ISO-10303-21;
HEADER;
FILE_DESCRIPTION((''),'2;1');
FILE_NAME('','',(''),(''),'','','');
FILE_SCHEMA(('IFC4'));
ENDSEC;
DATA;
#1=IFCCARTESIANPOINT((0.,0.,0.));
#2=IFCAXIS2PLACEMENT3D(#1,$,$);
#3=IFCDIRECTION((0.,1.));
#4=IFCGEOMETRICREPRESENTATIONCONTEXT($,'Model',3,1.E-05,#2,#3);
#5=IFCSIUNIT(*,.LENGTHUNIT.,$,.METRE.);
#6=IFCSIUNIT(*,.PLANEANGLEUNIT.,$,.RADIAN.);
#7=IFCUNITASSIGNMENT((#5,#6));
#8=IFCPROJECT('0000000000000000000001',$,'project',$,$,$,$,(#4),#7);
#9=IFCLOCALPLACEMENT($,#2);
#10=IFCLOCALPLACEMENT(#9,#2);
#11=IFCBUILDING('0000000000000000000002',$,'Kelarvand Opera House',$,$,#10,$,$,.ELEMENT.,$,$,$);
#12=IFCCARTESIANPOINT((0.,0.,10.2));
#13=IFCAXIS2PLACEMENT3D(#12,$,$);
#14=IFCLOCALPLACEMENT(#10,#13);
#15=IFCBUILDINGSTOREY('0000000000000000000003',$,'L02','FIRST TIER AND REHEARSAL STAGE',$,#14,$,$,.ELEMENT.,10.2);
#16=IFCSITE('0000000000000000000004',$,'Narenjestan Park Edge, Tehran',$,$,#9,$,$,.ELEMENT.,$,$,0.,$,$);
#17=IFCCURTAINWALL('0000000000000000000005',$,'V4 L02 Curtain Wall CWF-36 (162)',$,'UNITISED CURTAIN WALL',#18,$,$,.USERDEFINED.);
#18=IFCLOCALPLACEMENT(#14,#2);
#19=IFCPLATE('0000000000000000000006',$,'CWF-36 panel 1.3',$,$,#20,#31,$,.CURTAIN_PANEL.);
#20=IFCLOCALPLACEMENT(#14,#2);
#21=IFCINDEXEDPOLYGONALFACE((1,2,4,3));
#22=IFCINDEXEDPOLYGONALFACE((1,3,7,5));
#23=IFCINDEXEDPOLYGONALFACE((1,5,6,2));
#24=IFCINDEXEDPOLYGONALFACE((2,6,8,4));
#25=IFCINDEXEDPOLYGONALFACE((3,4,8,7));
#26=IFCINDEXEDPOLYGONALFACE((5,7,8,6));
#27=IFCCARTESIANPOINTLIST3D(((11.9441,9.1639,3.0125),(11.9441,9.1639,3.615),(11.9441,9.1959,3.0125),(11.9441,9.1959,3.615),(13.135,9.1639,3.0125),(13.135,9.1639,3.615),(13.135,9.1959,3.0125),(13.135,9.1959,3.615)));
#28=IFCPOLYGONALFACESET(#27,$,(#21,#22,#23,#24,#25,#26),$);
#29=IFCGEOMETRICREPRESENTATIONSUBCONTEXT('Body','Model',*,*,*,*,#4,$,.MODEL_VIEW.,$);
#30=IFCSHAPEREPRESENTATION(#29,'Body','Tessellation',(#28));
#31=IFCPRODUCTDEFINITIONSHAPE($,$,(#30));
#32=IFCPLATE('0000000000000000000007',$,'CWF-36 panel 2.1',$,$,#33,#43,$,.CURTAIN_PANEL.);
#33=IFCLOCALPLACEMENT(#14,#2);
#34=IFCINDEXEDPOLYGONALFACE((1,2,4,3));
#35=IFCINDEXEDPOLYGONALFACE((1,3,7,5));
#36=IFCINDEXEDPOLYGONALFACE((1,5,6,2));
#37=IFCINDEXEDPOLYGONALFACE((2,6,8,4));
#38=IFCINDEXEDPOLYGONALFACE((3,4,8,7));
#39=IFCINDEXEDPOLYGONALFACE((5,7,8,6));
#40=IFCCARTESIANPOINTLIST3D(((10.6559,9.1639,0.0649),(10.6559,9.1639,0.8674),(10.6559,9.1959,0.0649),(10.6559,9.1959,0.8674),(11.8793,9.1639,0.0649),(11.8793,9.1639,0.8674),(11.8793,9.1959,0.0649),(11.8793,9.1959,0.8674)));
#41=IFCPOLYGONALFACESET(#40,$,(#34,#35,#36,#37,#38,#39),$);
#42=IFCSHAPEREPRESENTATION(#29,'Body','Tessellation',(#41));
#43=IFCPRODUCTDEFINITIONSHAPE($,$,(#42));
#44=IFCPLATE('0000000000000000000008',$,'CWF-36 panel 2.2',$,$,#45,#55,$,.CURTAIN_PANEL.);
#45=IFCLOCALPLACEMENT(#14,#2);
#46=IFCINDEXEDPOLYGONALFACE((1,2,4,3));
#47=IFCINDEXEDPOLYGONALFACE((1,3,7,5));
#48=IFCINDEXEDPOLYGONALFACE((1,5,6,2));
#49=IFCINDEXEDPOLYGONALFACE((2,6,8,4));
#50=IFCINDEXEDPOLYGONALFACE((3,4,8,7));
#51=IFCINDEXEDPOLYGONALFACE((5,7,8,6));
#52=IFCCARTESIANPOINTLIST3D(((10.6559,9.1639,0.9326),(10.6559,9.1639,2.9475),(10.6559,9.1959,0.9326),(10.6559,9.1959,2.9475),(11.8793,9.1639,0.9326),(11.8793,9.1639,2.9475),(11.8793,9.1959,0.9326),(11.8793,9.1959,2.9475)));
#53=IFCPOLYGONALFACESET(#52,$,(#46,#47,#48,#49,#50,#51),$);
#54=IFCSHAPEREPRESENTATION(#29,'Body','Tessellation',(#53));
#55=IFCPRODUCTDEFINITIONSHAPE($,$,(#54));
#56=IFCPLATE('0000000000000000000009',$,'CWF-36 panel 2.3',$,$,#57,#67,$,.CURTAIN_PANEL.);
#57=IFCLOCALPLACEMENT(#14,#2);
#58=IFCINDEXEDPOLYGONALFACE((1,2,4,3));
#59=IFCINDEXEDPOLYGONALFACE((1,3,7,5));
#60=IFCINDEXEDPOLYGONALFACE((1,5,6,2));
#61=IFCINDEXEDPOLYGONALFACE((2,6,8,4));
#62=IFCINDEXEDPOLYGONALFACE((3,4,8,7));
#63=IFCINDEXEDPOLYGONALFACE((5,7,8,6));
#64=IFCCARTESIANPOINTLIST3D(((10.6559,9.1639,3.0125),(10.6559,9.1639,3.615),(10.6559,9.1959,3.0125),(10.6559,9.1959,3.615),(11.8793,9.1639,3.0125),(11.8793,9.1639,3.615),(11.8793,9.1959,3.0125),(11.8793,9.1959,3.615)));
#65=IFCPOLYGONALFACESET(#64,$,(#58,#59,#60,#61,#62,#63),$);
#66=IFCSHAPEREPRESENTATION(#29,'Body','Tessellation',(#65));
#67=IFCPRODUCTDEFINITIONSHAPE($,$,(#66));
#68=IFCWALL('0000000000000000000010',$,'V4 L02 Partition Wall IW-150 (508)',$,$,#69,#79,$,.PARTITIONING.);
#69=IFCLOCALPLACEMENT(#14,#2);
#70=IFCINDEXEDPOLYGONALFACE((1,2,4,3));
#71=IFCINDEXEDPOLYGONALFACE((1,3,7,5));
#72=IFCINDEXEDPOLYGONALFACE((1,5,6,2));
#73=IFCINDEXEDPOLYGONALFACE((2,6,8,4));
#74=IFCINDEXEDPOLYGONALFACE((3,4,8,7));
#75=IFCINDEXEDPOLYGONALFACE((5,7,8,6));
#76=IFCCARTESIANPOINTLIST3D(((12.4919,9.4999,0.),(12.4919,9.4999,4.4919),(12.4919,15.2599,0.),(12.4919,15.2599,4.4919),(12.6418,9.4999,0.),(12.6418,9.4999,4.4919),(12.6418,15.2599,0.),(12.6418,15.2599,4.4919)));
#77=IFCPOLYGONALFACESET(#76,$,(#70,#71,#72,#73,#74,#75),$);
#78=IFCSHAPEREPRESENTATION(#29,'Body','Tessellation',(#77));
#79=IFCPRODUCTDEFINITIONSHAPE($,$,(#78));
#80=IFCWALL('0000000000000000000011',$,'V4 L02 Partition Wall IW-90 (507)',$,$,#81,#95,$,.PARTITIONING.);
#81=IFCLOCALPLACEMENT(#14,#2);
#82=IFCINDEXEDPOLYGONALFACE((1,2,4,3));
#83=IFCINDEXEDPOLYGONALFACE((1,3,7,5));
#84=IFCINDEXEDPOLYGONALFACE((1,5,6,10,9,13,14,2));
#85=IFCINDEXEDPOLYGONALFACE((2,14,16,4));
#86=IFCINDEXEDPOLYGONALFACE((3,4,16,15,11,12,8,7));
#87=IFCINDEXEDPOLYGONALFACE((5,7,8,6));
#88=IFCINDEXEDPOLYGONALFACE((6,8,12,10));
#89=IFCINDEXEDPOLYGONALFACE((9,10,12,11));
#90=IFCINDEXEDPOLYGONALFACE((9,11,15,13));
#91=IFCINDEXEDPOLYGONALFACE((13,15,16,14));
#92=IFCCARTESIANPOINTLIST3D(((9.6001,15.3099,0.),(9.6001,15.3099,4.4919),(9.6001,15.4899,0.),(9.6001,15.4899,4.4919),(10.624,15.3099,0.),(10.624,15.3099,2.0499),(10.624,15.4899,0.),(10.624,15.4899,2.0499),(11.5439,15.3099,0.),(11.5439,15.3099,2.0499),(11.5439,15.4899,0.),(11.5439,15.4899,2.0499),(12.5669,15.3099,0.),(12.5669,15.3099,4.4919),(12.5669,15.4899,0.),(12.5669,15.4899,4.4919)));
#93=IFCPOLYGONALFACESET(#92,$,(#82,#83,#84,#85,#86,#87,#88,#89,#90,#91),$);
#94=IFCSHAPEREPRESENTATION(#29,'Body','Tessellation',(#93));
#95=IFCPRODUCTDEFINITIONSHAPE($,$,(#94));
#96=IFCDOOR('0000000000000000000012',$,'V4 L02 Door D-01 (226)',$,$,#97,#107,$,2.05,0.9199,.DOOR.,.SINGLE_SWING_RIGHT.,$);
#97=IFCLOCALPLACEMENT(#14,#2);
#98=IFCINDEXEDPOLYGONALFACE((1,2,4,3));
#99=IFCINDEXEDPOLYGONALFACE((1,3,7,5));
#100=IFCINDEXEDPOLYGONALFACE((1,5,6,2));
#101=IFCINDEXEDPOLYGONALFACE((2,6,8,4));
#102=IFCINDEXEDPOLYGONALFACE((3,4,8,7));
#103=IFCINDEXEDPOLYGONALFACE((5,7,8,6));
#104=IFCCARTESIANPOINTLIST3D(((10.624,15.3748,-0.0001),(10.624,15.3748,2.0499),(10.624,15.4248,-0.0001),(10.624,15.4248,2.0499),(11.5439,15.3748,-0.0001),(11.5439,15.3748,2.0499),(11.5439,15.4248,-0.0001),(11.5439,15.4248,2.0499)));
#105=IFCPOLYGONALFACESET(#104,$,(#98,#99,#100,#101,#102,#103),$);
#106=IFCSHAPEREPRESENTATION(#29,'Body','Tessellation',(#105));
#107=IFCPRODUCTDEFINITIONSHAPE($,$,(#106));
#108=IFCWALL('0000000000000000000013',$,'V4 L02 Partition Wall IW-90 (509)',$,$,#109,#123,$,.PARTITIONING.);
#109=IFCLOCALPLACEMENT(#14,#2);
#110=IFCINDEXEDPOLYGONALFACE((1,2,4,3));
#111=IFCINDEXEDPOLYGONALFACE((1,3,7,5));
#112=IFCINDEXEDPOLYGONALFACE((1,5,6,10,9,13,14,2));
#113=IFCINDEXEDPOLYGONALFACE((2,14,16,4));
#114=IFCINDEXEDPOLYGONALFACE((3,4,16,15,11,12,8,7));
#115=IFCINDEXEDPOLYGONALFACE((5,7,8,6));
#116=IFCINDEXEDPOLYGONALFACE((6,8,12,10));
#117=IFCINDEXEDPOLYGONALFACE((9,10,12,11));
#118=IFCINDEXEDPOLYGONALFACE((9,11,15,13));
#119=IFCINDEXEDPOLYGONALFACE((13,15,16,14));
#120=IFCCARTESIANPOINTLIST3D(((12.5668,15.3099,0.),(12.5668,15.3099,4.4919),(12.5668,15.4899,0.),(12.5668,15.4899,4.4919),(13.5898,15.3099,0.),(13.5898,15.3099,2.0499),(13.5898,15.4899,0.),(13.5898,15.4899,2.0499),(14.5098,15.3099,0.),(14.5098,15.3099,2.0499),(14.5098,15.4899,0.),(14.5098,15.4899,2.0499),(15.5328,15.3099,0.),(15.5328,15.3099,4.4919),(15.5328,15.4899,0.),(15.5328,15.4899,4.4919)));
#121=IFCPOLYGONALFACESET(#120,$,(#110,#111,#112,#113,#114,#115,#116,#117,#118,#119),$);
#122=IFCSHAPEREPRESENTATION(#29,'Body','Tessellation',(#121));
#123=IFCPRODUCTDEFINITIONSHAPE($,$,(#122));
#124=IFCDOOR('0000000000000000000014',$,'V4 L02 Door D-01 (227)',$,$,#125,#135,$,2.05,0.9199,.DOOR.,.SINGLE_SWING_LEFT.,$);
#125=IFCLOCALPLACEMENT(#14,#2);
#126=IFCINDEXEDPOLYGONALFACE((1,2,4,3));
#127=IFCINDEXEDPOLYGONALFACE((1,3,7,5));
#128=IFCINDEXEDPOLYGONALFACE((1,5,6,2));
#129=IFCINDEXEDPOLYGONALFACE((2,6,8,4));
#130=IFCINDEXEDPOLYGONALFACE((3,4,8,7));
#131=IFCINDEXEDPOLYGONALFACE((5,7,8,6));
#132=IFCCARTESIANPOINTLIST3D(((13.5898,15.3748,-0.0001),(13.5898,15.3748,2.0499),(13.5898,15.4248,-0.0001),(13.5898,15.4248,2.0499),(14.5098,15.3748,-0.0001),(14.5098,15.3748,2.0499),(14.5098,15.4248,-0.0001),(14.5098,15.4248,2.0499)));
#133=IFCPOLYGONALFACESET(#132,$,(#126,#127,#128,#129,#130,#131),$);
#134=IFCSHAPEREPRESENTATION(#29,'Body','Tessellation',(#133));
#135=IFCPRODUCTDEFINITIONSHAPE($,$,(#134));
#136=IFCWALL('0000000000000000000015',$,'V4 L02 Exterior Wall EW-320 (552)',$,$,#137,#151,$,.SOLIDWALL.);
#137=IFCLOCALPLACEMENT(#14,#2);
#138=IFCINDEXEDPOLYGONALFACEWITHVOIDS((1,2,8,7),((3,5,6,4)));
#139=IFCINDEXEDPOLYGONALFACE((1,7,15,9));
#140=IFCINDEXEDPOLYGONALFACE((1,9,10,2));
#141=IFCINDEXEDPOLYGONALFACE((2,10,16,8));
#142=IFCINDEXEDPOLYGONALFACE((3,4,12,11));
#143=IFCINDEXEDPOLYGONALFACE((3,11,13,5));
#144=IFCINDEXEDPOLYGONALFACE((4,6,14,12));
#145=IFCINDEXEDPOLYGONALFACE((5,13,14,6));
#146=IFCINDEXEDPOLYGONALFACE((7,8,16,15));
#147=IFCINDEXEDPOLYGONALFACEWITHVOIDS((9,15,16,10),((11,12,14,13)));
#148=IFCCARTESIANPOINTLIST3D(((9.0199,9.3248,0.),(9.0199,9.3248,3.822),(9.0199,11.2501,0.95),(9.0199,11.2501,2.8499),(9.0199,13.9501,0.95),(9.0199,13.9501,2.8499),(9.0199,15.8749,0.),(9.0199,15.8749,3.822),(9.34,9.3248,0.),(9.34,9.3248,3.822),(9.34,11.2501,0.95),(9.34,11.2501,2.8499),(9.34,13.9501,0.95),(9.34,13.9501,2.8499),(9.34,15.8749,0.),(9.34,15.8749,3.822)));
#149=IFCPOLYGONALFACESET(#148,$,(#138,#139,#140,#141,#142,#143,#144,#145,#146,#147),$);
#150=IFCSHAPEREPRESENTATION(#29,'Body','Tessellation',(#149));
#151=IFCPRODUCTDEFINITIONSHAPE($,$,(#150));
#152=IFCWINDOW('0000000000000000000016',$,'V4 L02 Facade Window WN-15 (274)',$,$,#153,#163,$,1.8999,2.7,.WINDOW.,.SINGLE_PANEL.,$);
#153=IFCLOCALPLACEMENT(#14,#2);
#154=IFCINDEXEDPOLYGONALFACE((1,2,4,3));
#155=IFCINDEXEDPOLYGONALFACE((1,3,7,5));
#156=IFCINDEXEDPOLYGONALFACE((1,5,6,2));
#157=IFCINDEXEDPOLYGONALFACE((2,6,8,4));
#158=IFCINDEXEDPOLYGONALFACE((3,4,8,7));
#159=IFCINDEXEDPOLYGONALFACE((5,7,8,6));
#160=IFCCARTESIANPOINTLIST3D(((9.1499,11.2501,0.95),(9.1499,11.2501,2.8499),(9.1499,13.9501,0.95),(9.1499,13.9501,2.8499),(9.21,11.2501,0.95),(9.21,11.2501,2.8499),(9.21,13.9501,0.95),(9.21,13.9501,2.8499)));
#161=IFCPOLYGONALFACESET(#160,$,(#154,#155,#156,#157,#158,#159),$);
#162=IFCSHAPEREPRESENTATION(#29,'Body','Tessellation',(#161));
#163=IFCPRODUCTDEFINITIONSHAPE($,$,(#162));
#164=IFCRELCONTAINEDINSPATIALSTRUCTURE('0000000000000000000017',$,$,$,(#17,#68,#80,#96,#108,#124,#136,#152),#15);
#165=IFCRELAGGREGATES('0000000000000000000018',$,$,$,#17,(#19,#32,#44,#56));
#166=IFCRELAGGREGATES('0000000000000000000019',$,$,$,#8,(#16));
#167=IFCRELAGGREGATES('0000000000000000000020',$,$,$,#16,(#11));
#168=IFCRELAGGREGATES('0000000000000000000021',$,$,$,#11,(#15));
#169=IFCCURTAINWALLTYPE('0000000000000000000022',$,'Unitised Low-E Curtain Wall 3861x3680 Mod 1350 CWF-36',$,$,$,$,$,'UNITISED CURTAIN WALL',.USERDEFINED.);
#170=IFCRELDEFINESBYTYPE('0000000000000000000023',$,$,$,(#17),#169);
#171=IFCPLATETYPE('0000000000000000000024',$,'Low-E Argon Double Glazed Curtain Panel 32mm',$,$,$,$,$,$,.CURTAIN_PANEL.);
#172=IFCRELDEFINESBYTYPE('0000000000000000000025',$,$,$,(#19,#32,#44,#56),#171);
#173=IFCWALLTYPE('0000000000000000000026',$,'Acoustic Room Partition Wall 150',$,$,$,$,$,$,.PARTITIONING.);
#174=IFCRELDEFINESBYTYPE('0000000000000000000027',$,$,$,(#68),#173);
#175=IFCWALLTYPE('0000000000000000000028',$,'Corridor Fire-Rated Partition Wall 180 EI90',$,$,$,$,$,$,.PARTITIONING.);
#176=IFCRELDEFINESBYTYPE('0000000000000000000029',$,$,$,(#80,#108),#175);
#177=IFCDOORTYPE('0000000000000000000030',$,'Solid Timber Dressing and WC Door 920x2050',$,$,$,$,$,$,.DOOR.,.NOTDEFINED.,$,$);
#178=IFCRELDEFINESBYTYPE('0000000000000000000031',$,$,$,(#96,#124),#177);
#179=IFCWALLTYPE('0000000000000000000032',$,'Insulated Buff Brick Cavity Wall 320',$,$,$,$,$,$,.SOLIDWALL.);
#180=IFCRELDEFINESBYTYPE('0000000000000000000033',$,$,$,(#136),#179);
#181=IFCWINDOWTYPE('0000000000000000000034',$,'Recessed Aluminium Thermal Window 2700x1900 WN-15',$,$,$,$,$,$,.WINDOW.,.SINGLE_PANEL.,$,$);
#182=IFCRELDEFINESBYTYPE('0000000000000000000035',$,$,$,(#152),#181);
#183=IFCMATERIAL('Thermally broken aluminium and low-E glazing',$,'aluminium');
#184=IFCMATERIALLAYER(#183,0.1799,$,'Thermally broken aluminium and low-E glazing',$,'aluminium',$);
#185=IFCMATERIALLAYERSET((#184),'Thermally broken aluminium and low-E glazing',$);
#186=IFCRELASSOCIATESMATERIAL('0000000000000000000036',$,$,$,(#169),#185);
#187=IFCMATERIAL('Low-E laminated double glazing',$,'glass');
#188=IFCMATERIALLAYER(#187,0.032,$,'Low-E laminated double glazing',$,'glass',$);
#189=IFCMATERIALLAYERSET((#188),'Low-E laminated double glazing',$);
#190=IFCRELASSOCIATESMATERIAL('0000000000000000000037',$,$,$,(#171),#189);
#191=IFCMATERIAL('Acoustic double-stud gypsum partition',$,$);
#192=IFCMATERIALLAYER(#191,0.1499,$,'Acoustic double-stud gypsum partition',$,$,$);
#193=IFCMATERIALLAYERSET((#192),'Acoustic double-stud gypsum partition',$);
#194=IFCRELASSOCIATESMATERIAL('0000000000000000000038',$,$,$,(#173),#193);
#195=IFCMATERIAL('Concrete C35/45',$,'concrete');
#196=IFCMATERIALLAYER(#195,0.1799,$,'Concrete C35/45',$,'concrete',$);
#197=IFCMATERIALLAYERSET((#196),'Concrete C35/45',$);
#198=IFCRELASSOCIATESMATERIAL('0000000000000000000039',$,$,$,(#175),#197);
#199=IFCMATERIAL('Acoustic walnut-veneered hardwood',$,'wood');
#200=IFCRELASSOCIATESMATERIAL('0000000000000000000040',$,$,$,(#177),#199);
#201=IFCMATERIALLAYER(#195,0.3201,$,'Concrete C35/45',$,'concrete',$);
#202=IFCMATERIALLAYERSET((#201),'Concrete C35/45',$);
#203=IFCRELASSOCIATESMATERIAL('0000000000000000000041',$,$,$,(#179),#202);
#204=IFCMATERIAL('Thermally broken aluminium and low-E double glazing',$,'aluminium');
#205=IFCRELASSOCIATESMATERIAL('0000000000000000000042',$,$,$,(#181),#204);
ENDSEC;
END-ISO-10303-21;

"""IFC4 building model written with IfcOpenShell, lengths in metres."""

from ifc_helpers import new_model, si_unit, direction, frame, frame_2d, origin, origin_2d, place, context, subcontext, project, spatial, rectangle, extrude, material, layer, layer_set, type_object, element, fill, aggregate, save


model = new_model("IFC4")

# Units and contexts
model_context = context("Model", 3, precision=1e-05, world=origin(), true_north=direction((0.0, 1.0)))
body_context = subcontext(model_context, "Body", "Model", "MODEL_VIEW")
ifc_project = project(units=[si_unit("LENGTHUNIT", "METRE"), si_unit("PLANEANGLEUNIT", "RADIAN")], contexts=[model_context])

# Site, building, storey
site_placement = place(None, origin())
site = spatial("IfcSite", under=ifc_project, at=site_placement, Name="Narenjestan Park Edge, Tehran", CompositionType="ELEMENT", RefElevation=0.0)
building_placement = place(site_placement, origin())
building = spatial("IfcBuilding", under=site, at=building_placement, Name="Kelarvand Opera House", CompositionType="ELEMENT")
storey_placement = place(building_placement, frame((0.0, 0.0, 10.2)))
storey = spatial("IfcBuildingStorey", under=building, at=storey_placement, Name="L02", Description="FIRST TIER AND REHEARSAL STAGE", CompositionType="ELEMENT", Elevation=10.2)

# Curtain wall
ifc_material_1 = material(Name="Thermally broken aluminium and low-E glazing", Category="aluminium")
ifc_layer_1 = layer(ifc_material_1, 0.1799, Name="Thermally broken aluminium and low-E glazing", Category="aluminium")
ifc_layer_set_1 = layer_set([ifc_layer_1], Name="Thermally broken aluminium and low-E glazing")
curtain_wall_type = type_object("IfcCurtainWallType", Name="Unitised Low-E Curtain Wall 3861x3680 Mod 1350 CWF-36", ElementType="UNITISED CURTAIN WALL", PredefinedType="USERDEFINED", material=ifc_layer_set_1)
curtain_wall_placement = place(storey_placement, origin())
curtain_wall = element("IfcCurtainWall", 1, at=curtain_wall_placement, inside=storey, type_object=curtain_wall_type, Name="V4 L02 Curtain Wall CWF-36 (162)", ObjectType="UNITISED CURTAIN WALL", PredefinedType="USERDEFINED")

# Plates
ifc_material_2 = material(Name="Low-E laminated double glazing", Category="glass")
ifc_layer_2 = layer(ifc_material_2, 0.032, Name="Low-E laminated double glazing", Category="glass")
ifc_layer_set_2 = layer_set([ifc_layer_2], Name="Low-E laminated double glazing")
plate_type = type_object("IfcPlateType", Name="Low-E Argon Double Glazed Curtain Panel 32mm", PredefinedType="CURTAIN_PANEL", material=ifc_layer_set_2)
plate_1_placement = place(storey_placement, frame((12.5396, 9.1799, 3.0125), z_axis=(0.0, 0.0, 1.0), x_axis=(-1.0, 0.0, 0.0)))
plate_1 = element("IfcPlate", 2, at=plate_1_placement, type_object=plate_type, Name="CWF-36 panel 1.3", PredefinedType="CURTAIN_PANEL", context=body_context, shape_type="SweptSolid", body=[
    extrude(rectangle(XDim=1.1909, YDim=0.032, at=origin_2d()), origin(), (0.0, 0.0, 1.0), 0.6025),
])
plate_2_placement = place(storey_placement, frame((11.2676, 9.1799, 0.0649), z_axis=(0.0, 0.0, 1.0), x_axis=(-1.0, 0.0, 0.0)))
plate_2 = element("IfcPlate", 3, at=plate_2_placement, type_object=plate_type, Name="CWF-36 panel 2.1", PredefinedType="CURTAIN_PANEL", context=body_context, shape_type="SweptSolid", body=[
    extrude(rectangle(XDim=1.2234, YDim=0.032, at=origin_2d()), origin(), (0.0, 0.0, 1.0), 0.8025),
])
plate_3_placement = place(storey_placement, frame((11.2676, 9.1799, 0.9326), z_axis=(0.0, 0.0, 1.0), x_axis=(-1.0, 0.0, 0.0)))
plate_3 = element("IfcPlate", 4, at=plate_3_placement, type_object=plate_type, Name="CWF-36 panel 2.2", PredefinedType="CURTAIN_PANEL", context=body_context, shape_type="SweptSolid", body=[
    extrude(rectangle(XDim=1.2234, YDim=0.032, at=origin_2d()), origin(), (0.0, 0.0, 1.0), 2.0149),
])
plate_4_placement = place(storey_placement, frame((11.2676, 9.1799, 3.0125), z_axis=(0.0, 0.0, 1.0), x_axis=(-1.0, 0.0, 0.0)))
plate_4 = element("IfcPlate", 5, at=plate_4_placement, type_object=plate_type, Name="CWF-36 panel 2.3", PredefinedType="CURTAIN_PANEL", context=body_context, shape_type="SweptSolid", body=[
    extrude(rectangle(XDim=1.2234, YDim=0.032, at=origin_2d()), origin(), (0.0, 0.0, 1.0), 0.6025),
])
aggregate(curtain_wall, [plate_1, plate_2, plate_3, plate_4])

# Wall
ifc_material_3 = material(Name="Acoustic double-stud gypsum partition")
ifc_layer_3 = layer(ifc_material_3, 0.1499, Name="Acoustic double-stud gypsum partition")
ifc_layer_set_3 = layer_set([ifc_layer_3], Name="Acoustic double-stud gypsum partition")
wall_type_1 = type_object("IfcWallType", Name="Acoustic Room Partition Wall 150", PredefinedType="PARTITIONING", material=ifc_layer_set_3)
wall_1_placement = place(storey_placement, frame((12.5669, 9.5, 0.0), z_axis=(0.0, 0.0, 1.0), x_axis=(0.0, 1.0, 0.0)))
element("IfcWall", 6, at=wall_1_placement, inside=storey, type_object=wall_type_1, Name="V4 L02 Partition Wall IW-150 (508)", PredefinedType="PARTITIONING", context=body_context, shape_type="SweptSolid", body=[
    extrude(rectangle(XDim=5.76, YDim=0.1499, at=frame_2d((2.8799, 0.0))), origin(), (0.0, 0.0, 1.0), 4.4919),
])

# Walls, openings, doors
ifc_material_4 = material(Name="Concrete C35/45", Category="concrete")
ifc_layer_4 = layer(ifc_material_4, 0.1799, Name="Concrete C35/45", Category="concrete")
ifc_layer_set_4 = layer_set([ifc_layer_4], Name="Concrete C35/45")
wall_type_2 = type_object("IfcWallType", Name="Corridor Fire-Rated Partition Wall 180 EI90", PredefinedType="PARTITIONING", material=ifc_layer_set_4)
wall_2_placement = place(storey_placement, frame((9.6001, 15.3999, 0.0), z_axis=(0.0, 0.0, 1.0), x_axis=(1.0, 0.0, 0.0)))
wall_2 = element("IfcWall", 7, at=wall_2_placement, inside=storey, type_object=wall_type_2, Name="V4 L02 Partition Wall IW-90 (507)", PredefinedType="PARTITIONING", context=body_context, shape_type="SweptSolid", body=[
    extrude(rectangle(XDim=2.9668, YDim=0.1799, at=frame_2d((1.4834, 0.0))), origin(), (0.0, 0.0, 1.0), 4.4919),
])
opening_1_placement = place(wall_2_placement, frame((1.0239, 0.0, 0.0)))
opening_1 = element("IfcOpeningElement", 8, at=opening_1_placement, cuts=wall_2, PredefinedType="OPENING", context=body_context, shape_type="SweptSolid", body=[
    extrude(rectangle(XDim=0.9199, YDim=2.05, at=frame_2d((0.46, 1.0249))), frame((0.0, 0.1001, 0.0), z_axis=(0.0, -1.0, 0.0), x_axis=(1.0, 0.0, 0.0)), (0.0, 0.0, 1.0), 0.2),
])
ifc_material_5 = material(Name="Acoustic walnut-veneered hardwood", Category="wood")
door_type = type_object("IfcDoorType", Name="Solid Timber Dressing and WC Door 920x2050", OperationType="NOTDEFINED", PredefinedType="DOOR", material=ifc_material_5)
door_1_placement = place(opening_1_placement, origin())
door_1 = element("IfcDoor", 9, at=door_1_placement, inside=storey, type_object=door_type, Name="V4 L02 Door D-01 (226)", OperationType="SINGLE_SWING_RIGHT", OverallHeight=2.05, OverallWidth=0.9199, PredefinedType="DOOR", context=body_context, shape_type="SweptSolid", body=[
    extrude(rectangle(XDim=0.9199, YDim=2.05, at=frame_2d((0.46, 1.0249))), frame((0.0, 0.0249, 0.0), z_axis=(0.0, -1.0, 0.0), x_axis=(1.0, 0.0, 0.0)), (0.0, 0.0, 1.0), 0.05),
])
fill(opening_1, door_1)
wall_3_placement = place(storey_placement, frame((12.5669, 15.3999, 0.0), z_axis=(0.0, 0.0, 1.0), x_axis=(1.0, 0.0, 0.0)))
wall_3 = element("IfcWall", 10, at=wall_3_placement, inside=storey, type_object=wall_type_2, Name="V4 L02 Partition Wall IW-90 (509)", PredefinedType="PARTITIONING", context=body_context, shape_type="SweptSolid", body=[
    extrude(rectangle(XDim=2.9661, YDim=0.1799, at=frame_2d((1.4829, 0.0))), origin(), (0.0, 0.0, 1.0), 4.4919),
])
opening_2_placement = place(wall_3_placement, frame((1.0229, 0.0, 0.0)))
opening_2 = element("IfcOpeningElement", 11, at=opening_2_placement, cuts=wall_3, PredefinedType="OPENING", context=body_context, shape_type="SweptSolid", body=[
    extrude(rectangle(XDim=0.9199, YDim=2.05, at=frame_2d((0.46, 1.0249))), frame((0.0, 0.1001, 0.0), z_axis=(0.0, -1.0, 0.0), x_axis=(1.0, 0.0, 0.0)), (0.0, 0.0, 1.0), 0.2),
])
door_2_placement = place(opening_2_placement, origin())
door_2 = element("IfcDoor", 12, at=door_2_placement, inside=storey, type_object=door_type, Name="V4 L02 Door D-01 (227)", OperationType="SINGLE_SWING_LEFT", OverallHeight=2.05, OverallWidth=0.9199, PredefinedType="DOOR", context=body_context, shape_type="SweptSolid", body=[
    extrude(rectangle(XDim=0.9199, YDim=2.05, at=frame_2d((0.46, 1.0249))), frame((0.0, 0.0249, 0.0), z_axis=(0.0, -1.0, 0.0), x_axis=(1.0, 0.0, 0.0)), (0.0, 0.0, 1.0), 0.05),
])
fill(opening_2, door_2)

# Wall, opening, window
ifc_layer_5 = layer(ifc_material_4, 0.3201, Name="Concrete C35/45", Category="concrete")
ifc_layer_set_5 = layer_set([ifc_layer_5], Name="Concrete C35/45")
wall_type_3 = type_object("IfcWallType", Name="Insulated Buff Brick Cavity Wall 320", PredefinedType="SOLIDWALL", material=ifc_layer_set_5)
wall_4_placement = place(storey_placement, frame((9.1799, 9.325, 0.0), z_axis=(0.0, 0.0, 1.0), x_axis=(0.0, 1.0, 0.0)))
wall_4 = element("IfcWall", 13, at=wall_4_placement, inside=storey, type_object=wall_type_3, Name="V4 L02 Exterior Wall EW-320 (552)", PredefinedType="SOLIDWALL", context=body_context, shape_type="SweptSolid", body=[
    extrude(rectangle(XDim=6.55, YDim=0.3201, at=frame_2d((3.2749, 0.0))), origin(), (0.0, 0.0, 1.0), 3.822),
])
opening_3_placement = place(wall_4_placement, frame((1.925, 0.0, 0.95)))
opening_3 = element("IfcOpeningElement", 14, at=opening_3_placement, cuts=wall_4, PredefinedType="OPENING", context=body_context, shape_type="SweptSolid", body=[
    extrude(rectangle(XDim=2.7, YDim=1.8999, at=frame_2d((1.3501, 0.95))), frame((0.0, 0.1699, 0.0), z_axis=(0.0, -1.0, 0.0), x_axis=(1.0, 0.0, 0.0)), (0.0, 0.0, 1.0), 0.3401),
])
ifc_material_6 = material(Name="Thermally broken aluminium and low-E double glazing", Category="aluminium")
window_type = type_object("IfcWindowType", Name="Recessed Aluminium Thermal Window 2700x1900 WN-15", PartitioningType="SINGLE_PANEL", PredefinedType="WINDOW", material=ifc_material_6)
window_placement = place(opening_3_placement, origin())
window = element("IfcWindow", 15, at=window_placement, inside=storey, type_object=window_type, Name="V4 L02 Facade Window WN-15 (274)", OverallHeight=1.8999, OverallWidth=2.7, PartitioningType="SINGLE_PANEL", PredefinedType="WINDOW", context=body_context, shape_type="SweptSolid", body=[
    extrude(rectangle(XDim=2.7, YDim=1.8999, at=frame_2d((1.3501, 0.95))), frame((0.0, 0.03, 0.0), z_axis=(0.0, -1.0, 0.0), x_axis=(1.0, 0.0, 0.0)), (0.0, 0.0, 1.0), 0.0601),
])
fill(opening_3, window)

save(model, "model.ifc")
